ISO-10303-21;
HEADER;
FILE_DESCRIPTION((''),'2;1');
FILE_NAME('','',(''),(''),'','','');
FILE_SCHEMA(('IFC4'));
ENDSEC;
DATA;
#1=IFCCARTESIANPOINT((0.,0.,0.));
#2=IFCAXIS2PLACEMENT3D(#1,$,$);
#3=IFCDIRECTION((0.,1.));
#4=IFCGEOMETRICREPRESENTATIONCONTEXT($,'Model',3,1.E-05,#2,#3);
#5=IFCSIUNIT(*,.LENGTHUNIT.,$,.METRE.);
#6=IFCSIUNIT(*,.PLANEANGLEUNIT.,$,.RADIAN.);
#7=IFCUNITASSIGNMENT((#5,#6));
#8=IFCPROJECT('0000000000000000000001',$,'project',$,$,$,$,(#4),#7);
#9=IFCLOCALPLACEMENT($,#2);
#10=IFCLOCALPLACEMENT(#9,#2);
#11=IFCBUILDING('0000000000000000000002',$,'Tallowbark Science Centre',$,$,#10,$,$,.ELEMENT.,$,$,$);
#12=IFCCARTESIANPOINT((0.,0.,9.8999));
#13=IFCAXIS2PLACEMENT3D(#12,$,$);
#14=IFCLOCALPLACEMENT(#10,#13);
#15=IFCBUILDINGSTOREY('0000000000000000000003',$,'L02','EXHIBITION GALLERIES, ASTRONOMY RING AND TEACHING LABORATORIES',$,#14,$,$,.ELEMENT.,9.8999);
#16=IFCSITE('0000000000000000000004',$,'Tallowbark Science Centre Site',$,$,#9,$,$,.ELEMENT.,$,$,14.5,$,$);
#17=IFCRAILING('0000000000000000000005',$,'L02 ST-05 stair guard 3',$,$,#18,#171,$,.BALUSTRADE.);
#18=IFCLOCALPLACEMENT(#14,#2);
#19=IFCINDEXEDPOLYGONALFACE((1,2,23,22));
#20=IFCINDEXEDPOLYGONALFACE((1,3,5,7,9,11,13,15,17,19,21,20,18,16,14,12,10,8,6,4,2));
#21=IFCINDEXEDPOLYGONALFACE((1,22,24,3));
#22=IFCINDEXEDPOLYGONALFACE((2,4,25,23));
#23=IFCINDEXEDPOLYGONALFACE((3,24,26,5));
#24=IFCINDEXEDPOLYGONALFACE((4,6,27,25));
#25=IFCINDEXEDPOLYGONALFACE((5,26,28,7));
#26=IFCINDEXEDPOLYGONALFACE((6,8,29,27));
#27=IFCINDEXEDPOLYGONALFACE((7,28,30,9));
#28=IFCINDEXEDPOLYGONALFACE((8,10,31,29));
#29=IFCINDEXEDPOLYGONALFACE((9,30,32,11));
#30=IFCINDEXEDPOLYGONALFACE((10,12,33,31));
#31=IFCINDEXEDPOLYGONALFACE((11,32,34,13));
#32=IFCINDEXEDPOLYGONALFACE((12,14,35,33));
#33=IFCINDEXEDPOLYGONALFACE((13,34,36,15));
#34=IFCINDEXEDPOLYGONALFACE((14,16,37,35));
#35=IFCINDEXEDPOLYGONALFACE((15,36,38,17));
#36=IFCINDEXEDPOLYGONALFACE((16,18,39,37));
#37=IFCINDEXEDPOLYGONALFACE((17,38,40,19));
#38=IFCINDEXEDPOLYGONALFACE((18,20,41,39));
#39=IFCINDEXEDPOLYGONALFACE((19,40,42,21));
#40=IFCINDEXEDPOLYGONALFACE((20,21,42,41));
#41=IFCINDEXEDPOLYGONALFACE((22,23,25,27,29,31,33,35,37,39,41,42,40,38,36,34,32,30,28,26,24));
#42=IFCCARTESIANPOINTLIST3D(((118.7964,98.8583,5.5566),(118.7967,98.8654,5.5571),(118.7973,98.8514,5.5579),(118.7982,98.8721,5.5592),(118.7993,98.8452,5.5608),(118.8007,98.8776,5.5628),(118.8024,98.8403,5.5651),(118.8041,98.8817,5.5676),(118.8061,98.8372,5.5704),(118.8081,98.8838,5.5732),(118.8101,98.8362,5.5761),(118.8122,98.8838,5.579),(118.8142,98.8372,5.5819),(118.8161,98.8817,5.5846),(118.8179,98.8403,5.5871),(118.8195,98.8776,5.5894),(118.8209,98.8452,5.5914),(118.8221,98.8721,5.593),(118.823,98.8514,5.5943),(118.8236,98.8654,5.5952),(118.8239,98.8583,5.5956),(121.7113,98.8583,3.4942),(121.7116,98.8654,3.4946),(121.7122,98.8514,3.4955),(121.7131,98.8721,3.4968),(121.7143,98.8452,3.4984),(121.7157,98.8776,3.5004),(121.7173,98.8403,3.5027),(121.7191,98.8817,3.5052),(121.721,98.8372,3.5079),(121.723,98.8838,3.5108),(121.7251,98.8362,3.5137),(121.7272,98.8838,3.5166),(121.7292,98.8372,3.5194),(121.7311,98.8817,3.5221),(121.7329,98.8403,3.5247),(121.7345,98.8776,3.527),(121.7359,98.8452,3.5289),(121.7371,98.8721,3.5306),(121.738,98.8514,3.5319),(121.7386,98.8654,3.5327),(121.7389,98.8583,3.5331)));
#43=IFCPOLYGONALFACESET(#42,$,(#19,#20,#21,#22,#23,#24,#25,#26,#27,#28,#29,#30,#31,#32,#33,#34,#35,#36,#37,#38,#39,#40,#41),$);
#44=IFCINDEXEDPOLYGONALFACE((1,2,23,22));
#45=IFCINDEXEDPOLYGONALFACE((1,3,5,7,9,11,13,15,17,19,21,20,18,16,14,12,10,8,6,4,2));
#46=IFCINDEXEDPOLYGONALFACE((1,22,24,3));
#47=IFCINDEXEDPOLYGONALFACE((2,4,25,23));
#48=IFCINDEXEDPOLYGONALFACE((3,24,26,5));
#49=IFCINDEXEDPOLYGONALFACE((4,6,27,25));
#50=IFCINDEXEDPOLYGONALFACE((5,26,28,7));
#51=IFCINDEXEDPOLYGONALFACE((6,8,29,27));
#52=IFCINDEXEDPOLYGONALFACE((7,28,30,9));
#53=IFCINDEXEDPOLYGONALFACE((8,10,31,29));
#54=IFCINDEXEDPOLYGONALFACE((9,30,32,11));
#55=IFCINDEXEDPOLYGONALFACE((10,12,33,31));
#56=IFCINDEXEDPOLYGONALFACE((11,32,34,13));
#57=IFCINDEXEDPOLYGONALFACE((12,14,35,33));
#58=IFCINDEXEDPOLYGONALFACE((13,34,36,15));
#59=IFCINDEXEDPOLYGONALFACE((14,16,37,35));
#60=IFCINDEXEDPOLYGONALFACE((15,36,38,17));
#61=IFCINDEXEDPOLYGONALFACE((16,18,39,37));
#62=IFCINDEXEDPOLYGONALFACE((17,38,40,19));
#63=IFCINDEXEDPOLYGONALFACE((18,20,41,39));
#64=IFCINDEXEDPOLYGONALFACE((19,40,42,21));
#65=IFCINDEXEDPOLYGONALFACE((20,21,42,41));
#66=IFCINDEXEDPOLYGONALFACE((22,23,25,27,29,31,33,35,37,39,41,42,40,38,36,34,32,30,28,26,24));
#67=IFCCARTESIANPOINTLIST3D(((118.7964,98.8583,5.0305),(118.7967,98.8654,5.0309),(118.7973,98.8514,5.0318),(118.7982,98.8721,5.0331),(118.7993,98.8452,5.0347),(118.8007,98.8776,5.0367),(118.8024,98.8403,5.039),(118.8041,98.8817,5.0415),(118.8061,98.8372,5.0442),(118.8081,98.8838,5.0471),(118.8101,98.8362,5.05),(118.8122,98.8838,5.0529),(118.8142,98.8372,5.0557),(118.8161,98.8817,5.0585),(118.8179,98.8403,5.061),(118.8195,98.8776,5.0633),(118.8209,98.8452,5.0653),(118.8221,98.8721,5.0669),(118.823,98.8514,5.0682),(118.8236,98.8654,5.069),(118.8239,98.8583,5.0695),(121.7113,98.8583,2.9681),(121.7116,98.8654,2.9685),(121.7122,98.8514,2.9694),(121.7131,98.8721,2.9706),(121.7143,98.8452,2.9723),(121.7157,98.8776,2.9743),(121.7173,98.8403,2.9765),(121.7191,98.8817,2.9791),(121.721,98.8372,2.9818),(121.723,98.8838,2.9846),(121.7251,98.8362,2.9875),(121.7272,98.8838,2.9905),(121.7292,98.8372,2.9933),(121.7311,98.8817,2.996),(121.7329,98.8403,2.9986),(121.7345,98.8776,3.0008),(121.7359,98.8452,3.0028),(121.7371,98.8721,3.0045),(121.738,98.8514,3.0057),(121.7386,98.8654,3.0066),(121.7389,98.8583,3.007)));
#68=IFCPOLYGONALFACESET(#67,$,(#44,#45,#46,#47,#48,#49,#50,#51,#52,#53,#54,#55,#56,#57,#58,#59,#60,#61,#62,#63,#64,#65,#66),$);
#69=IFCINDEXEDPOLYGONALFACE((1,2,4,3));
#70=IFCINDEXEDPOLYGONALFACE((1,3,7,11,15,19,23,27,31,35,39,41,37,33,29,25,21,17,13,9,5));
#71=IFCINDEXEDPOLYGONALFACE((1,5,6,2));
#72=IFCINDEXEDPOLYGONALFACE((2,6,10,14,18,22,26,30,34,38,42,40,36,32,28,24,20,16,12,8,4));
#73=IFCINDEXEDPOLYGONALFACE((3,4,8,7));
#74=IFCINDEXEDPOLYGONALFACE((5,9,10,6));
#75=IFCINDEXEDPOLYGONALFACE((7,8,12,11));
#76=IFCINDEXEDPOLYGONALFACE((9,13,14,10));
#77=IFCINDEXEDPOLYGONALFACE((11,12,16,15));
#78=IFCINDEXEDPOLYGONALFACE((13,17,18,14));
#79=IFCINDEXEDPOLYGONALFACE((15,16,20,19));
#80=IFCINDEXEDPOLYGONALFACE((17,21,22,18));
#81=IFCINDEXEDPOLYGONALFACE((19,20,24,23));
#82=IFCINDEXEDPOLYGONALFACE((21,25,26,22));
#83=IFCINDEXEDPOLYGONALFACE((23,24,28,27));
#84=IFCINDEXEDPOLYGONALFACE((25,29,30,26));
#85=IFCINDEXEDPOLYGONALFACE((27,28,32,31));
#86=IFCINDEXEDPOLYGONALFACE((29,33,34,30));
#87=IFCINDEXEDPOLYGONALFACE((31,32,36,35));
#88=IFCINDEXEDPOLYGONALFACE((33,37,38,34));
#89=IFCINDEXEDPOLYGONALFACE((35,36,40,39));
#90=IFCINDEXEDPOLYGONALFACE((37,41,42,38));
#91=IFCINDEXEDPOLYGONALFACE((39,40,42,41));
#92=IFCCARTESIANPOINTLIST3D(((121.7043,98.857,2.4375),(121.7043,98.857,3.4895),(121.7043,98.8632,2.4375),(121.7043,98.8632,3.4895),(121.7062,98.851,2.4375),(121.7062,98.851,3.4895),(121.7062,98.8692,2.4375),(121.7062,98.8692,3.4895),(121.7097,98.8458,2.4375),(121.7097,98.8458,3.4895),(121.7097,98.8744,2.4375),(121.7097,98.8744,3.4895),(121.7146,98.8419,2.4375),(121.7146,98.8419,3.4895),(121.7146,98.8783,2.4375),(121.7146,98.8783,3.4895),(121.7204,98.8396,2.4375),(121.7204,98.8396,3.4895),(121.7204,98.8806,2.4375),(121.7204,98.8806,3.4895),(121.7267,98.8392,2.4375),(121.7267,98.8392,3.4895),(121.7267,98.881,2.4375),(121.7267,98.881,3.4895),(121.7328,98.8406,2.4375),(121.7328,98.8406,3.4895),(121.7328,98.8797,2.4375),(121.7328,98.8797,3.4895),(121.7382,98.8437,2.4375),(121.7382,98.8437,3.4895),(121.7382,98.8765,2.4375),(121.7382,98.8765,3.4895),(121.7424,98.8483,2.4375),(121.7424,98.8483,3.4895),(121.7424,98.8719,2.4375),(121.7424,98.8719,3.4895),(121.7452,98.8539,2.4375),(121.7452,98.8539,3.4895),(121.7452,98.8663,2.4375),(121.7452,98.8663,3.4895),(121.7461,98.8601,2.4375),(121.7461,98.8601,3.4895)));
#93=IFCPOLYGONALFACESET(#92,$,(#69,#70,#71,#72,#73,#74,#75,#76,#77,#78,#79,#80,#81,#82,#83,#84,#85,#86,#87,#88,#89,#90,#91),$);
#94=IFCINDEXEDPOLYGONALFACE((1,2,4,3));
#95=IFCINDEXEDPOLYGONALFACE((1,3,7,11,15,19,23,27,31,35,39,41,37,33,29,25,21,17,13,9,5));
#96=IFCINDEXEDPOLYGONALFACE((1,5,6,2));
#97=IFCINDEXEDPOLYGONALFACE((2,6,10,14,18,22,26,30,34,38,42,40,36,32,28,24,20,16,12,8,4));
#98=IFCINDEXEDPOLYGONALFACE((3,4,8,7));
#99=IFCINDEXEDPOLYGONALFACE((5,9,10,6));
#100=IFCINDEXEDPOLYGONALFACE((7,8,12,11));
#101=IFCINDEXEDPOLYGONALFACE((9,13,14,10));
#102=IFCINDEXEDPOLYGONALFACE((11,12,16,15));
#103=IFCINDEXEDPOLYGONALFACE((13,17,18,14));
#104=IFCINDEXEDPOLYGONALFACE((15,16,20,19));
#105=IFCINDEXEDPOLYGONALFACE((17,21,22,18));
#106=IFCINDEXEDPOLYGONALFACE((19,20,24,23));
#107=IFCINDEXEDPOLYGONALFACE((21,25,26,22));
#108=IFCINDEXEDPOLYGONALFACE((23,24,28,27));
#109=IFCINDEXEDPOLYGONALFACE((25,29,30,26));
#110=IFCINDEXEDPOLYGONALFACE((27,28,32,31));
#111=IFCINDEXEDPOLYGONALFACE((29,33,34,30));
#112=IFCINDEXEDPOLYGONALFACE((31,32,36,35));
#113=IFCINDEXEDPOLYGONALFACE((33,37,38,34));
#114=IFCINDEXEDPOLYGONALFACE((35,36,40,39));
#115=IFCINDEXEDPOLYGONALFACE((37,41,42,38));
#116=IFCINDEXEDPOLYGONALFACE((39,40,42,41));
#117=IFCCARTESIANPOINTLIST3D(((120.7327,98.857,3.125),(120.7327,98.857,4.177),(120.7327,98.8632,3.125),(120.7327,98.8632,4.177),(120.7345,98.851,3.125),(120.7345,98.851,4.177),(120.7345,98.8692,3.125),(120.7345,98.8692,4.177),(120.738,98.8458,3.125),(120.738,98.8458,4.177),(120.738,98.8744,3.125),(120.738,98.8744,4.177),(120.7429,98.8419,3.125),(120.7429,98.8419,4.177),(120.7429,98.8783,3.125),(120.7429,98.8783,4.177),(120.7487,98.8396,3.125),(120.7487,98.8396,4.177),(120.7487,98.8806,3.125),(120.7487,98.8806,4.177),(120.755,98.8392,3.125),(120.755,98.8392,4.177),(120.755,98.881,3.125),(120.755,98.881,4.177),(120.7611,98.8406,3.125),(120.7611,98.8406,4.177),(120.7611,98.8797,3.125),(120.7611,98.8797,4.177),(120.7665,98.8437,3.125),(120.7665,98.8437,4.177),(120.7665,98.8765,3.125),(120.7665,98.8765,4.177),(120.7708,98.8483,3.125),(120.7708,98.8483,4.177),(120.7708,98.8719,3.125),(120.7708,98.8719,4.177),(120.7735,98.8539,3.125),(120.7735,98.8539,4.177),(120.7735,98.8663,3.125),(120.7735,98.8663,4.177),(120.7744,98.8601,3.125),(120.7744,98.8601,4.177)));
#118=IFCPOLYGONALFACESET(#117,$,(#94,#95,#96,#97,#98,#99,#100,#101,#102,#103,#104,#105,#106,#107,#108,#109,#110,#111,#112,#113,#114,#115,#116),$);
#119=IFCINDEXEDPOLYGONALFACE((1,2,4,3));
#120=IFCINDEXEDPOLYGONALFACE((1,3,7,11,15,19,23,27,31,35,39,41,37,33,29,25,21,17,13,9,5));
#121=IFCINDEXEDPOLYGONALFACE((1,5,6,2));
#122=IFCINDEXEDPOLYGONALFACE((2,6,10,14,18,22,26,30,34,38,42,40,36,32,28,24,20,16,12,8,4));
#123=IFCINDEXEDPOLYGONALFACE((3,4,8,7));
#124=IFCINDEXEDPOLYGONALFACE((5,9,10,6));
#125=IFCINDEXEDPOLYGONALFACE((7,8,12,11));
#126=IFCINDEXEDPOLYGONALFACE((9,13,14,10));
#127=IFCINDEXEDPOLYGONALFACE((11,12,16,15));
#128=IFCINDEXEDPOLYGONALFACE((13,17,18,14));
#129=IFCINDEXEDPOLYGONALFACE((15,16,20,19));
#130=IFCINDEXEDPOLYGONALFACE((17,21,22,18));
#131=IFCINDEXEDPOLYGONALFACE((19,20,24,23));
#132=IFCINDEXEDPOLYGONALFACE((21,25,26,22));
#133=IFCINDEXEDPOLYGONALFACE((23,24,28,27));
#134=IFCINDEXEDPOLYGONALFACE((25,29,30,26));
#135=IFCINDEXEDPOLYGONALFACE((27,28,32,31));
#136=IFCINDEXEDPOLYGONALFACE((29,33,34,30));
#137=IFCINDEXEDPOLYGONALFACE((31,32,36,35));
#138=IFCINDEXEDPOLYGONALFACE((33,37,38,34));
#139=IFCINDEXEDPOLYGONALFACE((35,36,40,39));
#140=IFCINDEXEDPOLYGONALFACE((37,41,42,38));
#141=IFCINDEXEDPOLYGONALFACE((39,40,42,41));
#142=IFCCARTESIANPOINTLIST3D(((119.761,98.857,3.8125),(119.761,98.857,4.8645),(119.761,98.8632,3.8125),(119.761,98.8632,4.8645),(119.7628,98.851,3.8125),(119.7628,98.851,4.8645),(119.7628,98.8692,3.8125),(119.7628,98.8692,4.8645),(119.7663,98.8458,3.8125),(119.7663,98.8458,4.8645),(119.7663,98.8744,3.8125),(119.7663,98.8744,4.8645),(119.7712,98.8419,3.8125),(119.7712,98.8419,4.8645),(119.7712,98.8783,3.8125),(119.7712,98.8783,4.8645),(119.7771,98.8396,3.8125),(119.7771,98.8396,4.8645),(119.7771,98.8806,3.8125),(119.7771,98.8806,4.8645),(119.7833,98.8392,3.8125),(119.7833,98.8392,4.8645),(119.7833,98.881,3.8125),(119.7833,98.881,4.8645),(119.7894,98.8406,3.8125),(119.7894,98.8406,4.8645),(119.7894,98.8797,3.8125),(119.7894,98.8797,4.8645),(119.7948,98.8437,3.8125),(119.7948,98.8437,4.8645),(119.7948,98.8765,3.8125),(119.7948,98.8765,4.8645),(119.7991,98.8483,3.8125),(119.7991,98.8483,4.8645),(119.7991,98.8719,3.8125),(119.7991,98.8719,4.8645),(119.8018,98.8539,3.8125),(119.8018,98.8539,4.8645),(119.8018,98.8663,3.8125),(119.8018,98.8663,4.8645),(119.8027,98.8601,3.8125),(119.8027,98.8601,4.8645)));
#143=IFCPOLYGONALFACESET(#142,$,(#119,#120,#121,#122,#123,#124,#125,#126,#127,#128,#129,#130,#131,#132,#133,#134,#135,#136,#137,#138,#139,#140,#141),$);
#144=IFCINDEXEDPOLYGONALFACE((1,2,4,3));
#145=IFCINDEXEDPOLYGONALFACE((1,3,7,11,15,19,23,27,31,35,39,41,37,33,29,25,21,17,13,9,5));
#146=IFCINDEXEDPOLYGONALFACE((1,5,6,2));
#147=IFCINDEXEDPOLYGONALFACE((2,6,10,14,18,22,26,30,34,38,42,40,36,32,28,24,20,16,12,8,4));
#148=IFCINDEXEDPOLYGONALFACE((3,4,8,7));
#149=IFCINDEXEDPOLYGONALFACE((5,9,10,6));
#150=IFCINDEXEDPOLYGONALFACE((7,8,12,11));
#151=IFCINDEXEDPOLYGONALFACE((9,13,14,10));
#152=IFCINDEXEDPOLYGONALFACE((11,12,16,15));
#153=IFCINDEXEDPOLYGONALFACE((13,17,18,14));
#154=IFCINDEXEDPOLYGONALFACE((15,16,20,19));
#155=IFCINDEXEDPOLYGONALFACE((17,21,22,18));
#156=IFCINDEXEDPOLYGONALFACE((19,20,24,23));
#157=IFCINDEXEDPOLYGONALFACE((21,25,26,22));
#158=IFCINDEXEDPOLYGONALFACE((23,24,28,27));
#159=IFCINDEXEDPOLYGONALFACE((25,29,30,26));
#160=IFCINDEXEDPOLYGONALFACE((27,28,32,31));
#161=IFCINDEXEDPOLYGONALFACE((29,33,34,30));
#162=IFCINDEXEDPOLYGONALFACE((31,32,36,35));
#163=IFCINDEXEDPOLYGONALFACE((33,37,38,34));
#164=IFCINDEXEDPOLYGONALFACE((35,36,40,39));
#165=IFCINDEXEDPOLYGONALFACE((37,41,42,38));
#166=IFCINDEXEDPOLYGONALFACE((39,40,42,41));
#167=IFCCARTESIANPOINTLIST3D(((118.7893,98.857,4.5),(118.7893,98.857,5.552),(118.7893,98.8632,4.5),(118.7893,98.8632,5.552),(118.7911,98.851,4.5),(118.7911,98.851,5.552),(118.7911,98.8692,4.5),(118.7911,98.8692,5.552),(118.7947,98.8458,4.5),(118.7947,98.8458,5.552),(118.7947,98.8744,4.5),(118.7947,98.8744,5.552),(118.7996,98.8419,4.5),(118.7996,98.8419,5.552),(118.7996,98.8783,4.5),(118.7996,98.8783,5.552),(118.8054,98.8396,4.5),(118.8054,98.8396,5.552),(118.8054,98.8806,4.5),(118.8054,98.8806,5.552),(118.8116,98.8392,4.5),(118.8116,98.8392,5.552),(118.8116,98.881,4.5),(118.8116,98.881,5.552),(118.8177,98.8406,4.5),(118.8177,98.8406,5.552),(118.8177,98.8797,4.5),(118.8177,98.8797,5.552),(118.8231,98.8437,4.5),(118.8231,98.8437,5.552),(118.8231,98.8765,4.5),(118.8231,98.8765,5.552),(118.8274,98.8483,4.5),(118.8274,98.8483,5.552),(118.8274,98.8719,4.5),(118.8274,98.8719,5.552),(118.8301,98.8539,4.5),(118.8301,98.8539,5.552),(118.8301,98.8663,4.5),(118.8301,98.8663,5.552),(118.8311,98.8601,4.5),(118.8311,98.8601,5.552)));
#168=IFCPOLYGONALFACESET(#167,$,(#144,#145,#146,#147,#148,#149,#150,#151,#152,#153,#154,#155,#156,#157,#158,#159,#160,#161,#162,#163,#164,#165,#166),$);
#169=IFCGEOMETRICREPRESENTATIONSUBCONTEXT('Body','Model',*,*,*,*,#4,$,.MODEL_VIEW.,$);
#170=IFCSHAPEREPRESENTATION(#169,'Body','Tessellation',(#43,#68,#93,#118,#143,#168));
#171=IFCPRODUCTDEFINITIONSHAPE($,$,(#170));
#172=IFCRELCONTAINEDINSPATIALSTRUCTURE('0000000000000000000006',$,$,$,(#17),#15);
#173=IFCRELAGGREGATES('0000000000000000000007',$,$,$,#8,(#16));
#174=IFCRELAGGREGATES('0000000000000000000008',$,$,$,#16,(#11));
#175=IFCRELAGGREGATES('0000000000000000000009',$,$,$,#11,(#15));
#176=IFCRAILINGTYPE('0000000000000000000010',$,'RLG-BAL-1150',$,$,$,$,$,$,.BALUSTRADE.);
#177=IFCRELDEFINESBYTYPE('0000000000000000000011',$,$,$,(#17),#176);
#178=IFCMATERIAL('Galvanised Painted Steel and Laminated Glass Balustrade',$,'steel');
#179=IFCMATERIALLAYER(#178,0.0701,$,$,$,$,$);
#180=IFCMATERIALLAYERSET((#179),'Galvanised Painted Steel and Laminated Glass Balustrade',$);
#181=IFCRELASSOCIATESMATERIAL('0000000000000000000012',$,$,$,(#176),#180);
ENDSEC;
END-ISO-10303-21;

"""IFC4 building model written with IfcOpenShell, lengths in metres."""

from ifc_helpers import new_model, si_unit, direction, frame, origin, origin_2d, place, context, subcontext, project, spatial, circle, extrude, material, layer, layer_set, type_object, element, save


model = new_model("IFC4")

# Units and contexts
model_context = context("Model", 3, precision=1e-05, world=origin(), true_north=direction((0.0, 1.0)))
body_context = subcontext(model_context, "Body", "Model", "MODEL_VIEW")
ifc_project = project(units=[si_unit("LENGTHUNIT", "METRE"), si_unit("PLANEANGLEUNIT", "RADIAN")], contexts=[model_context])

# Site, building, storey
site_placement = place(None, origin())
site = spatial("IfcSite", under=ifc_project, at=site_placement, Name="Tallowbark Science Centre Site", CompositionType="ELEMENT", RefElevation=14.5)
building_placement = place(site_placement, origin())
building = spatial("IfcBuilding", under=site, at=building_placement, Name="Tallowbark Science Centre", CompositionType="ELEMENT")
storey_placement = place(building_placement, frame((0.0, 0.0, 9.8999)))
storey = spatial("IfcBuildingStorey", under=building, at=storey_placement, Name="L02", Description="EXHIBITION GALLERIES, ASTRONOMY RING AND TEACHING LABORATORIES", CompositionType="ELEMENT", Elevation=9.8999)

# Railing
ifc_material_1 = material(Name="Galvanised Painted Steel and Laminated Glass Balustrade", Category="steel")
ifc_layer_1 = layer(ifc_material_1, 0.0701)
ifc_layer_set_1 = layer_set([ifc_layer_1], Name="Galvanised Painted Steel and Laminated Glass Balustrade")
railing_type_1 = type_object("IfcRailingType", Name="RLG-BAL-1150", PredefinedType="BALUSTRADE", material=ifc_layer_set_1)
railing_1_placement = place(storey_placement, frame((121.7251, 98.8601, 2.4375)))
element("IfcRailing", 1, at=railing_1_placement, inside=storey, type_object=railing_type_1, Name="L02 ST-05 stair guard 3", PredefinedType="BALUSTRADE", context=body_context, shape_type="SweptSolid", body=[
    extrude(circle(Radius=0.0239, at=origin_2d()), frame((0.0, 0.0, 1.0762), z_axis=(-0.816331, 0.0, 0.577585), x_axis=(0.0, -1.0, 0.0)), (0.0, 0.0, 1.0), 3.5708),
    extrude(circle(Radius=0.0239, at=origin_2d()), frame((0.0, 0.0, 0.55), z_axis=(-0.816331, 0.0, 0.577585), x_axis=(0.0, -1.0, 0.0)), (0.0, 0.0, 1.0), 3.5708),
    extrude(circle(Radius=0.021, at=origin_2d()), origin(), (0.0, 0.0, 1.0), 1.052),
    extrude(circle(Radius=0.021, at=origin_2d()), frame((-0.9717, 0.0, 0.6875)), (0.0, 0.0, 1.0), 1.052),
    extrude(circle(Radius=0.021, at=origin_2d()), frame((-1.9434, 0.0, 1.375)), (0.0, 0.0, 1.0), 1.052),
    extrude(circle(Radius=0.021, at=origin_2d()), frame((-2.915, 0.0, 2.0625)), (0.0, 0.0, 1.0), 1.052),
])

save(model, "model.ifc")
